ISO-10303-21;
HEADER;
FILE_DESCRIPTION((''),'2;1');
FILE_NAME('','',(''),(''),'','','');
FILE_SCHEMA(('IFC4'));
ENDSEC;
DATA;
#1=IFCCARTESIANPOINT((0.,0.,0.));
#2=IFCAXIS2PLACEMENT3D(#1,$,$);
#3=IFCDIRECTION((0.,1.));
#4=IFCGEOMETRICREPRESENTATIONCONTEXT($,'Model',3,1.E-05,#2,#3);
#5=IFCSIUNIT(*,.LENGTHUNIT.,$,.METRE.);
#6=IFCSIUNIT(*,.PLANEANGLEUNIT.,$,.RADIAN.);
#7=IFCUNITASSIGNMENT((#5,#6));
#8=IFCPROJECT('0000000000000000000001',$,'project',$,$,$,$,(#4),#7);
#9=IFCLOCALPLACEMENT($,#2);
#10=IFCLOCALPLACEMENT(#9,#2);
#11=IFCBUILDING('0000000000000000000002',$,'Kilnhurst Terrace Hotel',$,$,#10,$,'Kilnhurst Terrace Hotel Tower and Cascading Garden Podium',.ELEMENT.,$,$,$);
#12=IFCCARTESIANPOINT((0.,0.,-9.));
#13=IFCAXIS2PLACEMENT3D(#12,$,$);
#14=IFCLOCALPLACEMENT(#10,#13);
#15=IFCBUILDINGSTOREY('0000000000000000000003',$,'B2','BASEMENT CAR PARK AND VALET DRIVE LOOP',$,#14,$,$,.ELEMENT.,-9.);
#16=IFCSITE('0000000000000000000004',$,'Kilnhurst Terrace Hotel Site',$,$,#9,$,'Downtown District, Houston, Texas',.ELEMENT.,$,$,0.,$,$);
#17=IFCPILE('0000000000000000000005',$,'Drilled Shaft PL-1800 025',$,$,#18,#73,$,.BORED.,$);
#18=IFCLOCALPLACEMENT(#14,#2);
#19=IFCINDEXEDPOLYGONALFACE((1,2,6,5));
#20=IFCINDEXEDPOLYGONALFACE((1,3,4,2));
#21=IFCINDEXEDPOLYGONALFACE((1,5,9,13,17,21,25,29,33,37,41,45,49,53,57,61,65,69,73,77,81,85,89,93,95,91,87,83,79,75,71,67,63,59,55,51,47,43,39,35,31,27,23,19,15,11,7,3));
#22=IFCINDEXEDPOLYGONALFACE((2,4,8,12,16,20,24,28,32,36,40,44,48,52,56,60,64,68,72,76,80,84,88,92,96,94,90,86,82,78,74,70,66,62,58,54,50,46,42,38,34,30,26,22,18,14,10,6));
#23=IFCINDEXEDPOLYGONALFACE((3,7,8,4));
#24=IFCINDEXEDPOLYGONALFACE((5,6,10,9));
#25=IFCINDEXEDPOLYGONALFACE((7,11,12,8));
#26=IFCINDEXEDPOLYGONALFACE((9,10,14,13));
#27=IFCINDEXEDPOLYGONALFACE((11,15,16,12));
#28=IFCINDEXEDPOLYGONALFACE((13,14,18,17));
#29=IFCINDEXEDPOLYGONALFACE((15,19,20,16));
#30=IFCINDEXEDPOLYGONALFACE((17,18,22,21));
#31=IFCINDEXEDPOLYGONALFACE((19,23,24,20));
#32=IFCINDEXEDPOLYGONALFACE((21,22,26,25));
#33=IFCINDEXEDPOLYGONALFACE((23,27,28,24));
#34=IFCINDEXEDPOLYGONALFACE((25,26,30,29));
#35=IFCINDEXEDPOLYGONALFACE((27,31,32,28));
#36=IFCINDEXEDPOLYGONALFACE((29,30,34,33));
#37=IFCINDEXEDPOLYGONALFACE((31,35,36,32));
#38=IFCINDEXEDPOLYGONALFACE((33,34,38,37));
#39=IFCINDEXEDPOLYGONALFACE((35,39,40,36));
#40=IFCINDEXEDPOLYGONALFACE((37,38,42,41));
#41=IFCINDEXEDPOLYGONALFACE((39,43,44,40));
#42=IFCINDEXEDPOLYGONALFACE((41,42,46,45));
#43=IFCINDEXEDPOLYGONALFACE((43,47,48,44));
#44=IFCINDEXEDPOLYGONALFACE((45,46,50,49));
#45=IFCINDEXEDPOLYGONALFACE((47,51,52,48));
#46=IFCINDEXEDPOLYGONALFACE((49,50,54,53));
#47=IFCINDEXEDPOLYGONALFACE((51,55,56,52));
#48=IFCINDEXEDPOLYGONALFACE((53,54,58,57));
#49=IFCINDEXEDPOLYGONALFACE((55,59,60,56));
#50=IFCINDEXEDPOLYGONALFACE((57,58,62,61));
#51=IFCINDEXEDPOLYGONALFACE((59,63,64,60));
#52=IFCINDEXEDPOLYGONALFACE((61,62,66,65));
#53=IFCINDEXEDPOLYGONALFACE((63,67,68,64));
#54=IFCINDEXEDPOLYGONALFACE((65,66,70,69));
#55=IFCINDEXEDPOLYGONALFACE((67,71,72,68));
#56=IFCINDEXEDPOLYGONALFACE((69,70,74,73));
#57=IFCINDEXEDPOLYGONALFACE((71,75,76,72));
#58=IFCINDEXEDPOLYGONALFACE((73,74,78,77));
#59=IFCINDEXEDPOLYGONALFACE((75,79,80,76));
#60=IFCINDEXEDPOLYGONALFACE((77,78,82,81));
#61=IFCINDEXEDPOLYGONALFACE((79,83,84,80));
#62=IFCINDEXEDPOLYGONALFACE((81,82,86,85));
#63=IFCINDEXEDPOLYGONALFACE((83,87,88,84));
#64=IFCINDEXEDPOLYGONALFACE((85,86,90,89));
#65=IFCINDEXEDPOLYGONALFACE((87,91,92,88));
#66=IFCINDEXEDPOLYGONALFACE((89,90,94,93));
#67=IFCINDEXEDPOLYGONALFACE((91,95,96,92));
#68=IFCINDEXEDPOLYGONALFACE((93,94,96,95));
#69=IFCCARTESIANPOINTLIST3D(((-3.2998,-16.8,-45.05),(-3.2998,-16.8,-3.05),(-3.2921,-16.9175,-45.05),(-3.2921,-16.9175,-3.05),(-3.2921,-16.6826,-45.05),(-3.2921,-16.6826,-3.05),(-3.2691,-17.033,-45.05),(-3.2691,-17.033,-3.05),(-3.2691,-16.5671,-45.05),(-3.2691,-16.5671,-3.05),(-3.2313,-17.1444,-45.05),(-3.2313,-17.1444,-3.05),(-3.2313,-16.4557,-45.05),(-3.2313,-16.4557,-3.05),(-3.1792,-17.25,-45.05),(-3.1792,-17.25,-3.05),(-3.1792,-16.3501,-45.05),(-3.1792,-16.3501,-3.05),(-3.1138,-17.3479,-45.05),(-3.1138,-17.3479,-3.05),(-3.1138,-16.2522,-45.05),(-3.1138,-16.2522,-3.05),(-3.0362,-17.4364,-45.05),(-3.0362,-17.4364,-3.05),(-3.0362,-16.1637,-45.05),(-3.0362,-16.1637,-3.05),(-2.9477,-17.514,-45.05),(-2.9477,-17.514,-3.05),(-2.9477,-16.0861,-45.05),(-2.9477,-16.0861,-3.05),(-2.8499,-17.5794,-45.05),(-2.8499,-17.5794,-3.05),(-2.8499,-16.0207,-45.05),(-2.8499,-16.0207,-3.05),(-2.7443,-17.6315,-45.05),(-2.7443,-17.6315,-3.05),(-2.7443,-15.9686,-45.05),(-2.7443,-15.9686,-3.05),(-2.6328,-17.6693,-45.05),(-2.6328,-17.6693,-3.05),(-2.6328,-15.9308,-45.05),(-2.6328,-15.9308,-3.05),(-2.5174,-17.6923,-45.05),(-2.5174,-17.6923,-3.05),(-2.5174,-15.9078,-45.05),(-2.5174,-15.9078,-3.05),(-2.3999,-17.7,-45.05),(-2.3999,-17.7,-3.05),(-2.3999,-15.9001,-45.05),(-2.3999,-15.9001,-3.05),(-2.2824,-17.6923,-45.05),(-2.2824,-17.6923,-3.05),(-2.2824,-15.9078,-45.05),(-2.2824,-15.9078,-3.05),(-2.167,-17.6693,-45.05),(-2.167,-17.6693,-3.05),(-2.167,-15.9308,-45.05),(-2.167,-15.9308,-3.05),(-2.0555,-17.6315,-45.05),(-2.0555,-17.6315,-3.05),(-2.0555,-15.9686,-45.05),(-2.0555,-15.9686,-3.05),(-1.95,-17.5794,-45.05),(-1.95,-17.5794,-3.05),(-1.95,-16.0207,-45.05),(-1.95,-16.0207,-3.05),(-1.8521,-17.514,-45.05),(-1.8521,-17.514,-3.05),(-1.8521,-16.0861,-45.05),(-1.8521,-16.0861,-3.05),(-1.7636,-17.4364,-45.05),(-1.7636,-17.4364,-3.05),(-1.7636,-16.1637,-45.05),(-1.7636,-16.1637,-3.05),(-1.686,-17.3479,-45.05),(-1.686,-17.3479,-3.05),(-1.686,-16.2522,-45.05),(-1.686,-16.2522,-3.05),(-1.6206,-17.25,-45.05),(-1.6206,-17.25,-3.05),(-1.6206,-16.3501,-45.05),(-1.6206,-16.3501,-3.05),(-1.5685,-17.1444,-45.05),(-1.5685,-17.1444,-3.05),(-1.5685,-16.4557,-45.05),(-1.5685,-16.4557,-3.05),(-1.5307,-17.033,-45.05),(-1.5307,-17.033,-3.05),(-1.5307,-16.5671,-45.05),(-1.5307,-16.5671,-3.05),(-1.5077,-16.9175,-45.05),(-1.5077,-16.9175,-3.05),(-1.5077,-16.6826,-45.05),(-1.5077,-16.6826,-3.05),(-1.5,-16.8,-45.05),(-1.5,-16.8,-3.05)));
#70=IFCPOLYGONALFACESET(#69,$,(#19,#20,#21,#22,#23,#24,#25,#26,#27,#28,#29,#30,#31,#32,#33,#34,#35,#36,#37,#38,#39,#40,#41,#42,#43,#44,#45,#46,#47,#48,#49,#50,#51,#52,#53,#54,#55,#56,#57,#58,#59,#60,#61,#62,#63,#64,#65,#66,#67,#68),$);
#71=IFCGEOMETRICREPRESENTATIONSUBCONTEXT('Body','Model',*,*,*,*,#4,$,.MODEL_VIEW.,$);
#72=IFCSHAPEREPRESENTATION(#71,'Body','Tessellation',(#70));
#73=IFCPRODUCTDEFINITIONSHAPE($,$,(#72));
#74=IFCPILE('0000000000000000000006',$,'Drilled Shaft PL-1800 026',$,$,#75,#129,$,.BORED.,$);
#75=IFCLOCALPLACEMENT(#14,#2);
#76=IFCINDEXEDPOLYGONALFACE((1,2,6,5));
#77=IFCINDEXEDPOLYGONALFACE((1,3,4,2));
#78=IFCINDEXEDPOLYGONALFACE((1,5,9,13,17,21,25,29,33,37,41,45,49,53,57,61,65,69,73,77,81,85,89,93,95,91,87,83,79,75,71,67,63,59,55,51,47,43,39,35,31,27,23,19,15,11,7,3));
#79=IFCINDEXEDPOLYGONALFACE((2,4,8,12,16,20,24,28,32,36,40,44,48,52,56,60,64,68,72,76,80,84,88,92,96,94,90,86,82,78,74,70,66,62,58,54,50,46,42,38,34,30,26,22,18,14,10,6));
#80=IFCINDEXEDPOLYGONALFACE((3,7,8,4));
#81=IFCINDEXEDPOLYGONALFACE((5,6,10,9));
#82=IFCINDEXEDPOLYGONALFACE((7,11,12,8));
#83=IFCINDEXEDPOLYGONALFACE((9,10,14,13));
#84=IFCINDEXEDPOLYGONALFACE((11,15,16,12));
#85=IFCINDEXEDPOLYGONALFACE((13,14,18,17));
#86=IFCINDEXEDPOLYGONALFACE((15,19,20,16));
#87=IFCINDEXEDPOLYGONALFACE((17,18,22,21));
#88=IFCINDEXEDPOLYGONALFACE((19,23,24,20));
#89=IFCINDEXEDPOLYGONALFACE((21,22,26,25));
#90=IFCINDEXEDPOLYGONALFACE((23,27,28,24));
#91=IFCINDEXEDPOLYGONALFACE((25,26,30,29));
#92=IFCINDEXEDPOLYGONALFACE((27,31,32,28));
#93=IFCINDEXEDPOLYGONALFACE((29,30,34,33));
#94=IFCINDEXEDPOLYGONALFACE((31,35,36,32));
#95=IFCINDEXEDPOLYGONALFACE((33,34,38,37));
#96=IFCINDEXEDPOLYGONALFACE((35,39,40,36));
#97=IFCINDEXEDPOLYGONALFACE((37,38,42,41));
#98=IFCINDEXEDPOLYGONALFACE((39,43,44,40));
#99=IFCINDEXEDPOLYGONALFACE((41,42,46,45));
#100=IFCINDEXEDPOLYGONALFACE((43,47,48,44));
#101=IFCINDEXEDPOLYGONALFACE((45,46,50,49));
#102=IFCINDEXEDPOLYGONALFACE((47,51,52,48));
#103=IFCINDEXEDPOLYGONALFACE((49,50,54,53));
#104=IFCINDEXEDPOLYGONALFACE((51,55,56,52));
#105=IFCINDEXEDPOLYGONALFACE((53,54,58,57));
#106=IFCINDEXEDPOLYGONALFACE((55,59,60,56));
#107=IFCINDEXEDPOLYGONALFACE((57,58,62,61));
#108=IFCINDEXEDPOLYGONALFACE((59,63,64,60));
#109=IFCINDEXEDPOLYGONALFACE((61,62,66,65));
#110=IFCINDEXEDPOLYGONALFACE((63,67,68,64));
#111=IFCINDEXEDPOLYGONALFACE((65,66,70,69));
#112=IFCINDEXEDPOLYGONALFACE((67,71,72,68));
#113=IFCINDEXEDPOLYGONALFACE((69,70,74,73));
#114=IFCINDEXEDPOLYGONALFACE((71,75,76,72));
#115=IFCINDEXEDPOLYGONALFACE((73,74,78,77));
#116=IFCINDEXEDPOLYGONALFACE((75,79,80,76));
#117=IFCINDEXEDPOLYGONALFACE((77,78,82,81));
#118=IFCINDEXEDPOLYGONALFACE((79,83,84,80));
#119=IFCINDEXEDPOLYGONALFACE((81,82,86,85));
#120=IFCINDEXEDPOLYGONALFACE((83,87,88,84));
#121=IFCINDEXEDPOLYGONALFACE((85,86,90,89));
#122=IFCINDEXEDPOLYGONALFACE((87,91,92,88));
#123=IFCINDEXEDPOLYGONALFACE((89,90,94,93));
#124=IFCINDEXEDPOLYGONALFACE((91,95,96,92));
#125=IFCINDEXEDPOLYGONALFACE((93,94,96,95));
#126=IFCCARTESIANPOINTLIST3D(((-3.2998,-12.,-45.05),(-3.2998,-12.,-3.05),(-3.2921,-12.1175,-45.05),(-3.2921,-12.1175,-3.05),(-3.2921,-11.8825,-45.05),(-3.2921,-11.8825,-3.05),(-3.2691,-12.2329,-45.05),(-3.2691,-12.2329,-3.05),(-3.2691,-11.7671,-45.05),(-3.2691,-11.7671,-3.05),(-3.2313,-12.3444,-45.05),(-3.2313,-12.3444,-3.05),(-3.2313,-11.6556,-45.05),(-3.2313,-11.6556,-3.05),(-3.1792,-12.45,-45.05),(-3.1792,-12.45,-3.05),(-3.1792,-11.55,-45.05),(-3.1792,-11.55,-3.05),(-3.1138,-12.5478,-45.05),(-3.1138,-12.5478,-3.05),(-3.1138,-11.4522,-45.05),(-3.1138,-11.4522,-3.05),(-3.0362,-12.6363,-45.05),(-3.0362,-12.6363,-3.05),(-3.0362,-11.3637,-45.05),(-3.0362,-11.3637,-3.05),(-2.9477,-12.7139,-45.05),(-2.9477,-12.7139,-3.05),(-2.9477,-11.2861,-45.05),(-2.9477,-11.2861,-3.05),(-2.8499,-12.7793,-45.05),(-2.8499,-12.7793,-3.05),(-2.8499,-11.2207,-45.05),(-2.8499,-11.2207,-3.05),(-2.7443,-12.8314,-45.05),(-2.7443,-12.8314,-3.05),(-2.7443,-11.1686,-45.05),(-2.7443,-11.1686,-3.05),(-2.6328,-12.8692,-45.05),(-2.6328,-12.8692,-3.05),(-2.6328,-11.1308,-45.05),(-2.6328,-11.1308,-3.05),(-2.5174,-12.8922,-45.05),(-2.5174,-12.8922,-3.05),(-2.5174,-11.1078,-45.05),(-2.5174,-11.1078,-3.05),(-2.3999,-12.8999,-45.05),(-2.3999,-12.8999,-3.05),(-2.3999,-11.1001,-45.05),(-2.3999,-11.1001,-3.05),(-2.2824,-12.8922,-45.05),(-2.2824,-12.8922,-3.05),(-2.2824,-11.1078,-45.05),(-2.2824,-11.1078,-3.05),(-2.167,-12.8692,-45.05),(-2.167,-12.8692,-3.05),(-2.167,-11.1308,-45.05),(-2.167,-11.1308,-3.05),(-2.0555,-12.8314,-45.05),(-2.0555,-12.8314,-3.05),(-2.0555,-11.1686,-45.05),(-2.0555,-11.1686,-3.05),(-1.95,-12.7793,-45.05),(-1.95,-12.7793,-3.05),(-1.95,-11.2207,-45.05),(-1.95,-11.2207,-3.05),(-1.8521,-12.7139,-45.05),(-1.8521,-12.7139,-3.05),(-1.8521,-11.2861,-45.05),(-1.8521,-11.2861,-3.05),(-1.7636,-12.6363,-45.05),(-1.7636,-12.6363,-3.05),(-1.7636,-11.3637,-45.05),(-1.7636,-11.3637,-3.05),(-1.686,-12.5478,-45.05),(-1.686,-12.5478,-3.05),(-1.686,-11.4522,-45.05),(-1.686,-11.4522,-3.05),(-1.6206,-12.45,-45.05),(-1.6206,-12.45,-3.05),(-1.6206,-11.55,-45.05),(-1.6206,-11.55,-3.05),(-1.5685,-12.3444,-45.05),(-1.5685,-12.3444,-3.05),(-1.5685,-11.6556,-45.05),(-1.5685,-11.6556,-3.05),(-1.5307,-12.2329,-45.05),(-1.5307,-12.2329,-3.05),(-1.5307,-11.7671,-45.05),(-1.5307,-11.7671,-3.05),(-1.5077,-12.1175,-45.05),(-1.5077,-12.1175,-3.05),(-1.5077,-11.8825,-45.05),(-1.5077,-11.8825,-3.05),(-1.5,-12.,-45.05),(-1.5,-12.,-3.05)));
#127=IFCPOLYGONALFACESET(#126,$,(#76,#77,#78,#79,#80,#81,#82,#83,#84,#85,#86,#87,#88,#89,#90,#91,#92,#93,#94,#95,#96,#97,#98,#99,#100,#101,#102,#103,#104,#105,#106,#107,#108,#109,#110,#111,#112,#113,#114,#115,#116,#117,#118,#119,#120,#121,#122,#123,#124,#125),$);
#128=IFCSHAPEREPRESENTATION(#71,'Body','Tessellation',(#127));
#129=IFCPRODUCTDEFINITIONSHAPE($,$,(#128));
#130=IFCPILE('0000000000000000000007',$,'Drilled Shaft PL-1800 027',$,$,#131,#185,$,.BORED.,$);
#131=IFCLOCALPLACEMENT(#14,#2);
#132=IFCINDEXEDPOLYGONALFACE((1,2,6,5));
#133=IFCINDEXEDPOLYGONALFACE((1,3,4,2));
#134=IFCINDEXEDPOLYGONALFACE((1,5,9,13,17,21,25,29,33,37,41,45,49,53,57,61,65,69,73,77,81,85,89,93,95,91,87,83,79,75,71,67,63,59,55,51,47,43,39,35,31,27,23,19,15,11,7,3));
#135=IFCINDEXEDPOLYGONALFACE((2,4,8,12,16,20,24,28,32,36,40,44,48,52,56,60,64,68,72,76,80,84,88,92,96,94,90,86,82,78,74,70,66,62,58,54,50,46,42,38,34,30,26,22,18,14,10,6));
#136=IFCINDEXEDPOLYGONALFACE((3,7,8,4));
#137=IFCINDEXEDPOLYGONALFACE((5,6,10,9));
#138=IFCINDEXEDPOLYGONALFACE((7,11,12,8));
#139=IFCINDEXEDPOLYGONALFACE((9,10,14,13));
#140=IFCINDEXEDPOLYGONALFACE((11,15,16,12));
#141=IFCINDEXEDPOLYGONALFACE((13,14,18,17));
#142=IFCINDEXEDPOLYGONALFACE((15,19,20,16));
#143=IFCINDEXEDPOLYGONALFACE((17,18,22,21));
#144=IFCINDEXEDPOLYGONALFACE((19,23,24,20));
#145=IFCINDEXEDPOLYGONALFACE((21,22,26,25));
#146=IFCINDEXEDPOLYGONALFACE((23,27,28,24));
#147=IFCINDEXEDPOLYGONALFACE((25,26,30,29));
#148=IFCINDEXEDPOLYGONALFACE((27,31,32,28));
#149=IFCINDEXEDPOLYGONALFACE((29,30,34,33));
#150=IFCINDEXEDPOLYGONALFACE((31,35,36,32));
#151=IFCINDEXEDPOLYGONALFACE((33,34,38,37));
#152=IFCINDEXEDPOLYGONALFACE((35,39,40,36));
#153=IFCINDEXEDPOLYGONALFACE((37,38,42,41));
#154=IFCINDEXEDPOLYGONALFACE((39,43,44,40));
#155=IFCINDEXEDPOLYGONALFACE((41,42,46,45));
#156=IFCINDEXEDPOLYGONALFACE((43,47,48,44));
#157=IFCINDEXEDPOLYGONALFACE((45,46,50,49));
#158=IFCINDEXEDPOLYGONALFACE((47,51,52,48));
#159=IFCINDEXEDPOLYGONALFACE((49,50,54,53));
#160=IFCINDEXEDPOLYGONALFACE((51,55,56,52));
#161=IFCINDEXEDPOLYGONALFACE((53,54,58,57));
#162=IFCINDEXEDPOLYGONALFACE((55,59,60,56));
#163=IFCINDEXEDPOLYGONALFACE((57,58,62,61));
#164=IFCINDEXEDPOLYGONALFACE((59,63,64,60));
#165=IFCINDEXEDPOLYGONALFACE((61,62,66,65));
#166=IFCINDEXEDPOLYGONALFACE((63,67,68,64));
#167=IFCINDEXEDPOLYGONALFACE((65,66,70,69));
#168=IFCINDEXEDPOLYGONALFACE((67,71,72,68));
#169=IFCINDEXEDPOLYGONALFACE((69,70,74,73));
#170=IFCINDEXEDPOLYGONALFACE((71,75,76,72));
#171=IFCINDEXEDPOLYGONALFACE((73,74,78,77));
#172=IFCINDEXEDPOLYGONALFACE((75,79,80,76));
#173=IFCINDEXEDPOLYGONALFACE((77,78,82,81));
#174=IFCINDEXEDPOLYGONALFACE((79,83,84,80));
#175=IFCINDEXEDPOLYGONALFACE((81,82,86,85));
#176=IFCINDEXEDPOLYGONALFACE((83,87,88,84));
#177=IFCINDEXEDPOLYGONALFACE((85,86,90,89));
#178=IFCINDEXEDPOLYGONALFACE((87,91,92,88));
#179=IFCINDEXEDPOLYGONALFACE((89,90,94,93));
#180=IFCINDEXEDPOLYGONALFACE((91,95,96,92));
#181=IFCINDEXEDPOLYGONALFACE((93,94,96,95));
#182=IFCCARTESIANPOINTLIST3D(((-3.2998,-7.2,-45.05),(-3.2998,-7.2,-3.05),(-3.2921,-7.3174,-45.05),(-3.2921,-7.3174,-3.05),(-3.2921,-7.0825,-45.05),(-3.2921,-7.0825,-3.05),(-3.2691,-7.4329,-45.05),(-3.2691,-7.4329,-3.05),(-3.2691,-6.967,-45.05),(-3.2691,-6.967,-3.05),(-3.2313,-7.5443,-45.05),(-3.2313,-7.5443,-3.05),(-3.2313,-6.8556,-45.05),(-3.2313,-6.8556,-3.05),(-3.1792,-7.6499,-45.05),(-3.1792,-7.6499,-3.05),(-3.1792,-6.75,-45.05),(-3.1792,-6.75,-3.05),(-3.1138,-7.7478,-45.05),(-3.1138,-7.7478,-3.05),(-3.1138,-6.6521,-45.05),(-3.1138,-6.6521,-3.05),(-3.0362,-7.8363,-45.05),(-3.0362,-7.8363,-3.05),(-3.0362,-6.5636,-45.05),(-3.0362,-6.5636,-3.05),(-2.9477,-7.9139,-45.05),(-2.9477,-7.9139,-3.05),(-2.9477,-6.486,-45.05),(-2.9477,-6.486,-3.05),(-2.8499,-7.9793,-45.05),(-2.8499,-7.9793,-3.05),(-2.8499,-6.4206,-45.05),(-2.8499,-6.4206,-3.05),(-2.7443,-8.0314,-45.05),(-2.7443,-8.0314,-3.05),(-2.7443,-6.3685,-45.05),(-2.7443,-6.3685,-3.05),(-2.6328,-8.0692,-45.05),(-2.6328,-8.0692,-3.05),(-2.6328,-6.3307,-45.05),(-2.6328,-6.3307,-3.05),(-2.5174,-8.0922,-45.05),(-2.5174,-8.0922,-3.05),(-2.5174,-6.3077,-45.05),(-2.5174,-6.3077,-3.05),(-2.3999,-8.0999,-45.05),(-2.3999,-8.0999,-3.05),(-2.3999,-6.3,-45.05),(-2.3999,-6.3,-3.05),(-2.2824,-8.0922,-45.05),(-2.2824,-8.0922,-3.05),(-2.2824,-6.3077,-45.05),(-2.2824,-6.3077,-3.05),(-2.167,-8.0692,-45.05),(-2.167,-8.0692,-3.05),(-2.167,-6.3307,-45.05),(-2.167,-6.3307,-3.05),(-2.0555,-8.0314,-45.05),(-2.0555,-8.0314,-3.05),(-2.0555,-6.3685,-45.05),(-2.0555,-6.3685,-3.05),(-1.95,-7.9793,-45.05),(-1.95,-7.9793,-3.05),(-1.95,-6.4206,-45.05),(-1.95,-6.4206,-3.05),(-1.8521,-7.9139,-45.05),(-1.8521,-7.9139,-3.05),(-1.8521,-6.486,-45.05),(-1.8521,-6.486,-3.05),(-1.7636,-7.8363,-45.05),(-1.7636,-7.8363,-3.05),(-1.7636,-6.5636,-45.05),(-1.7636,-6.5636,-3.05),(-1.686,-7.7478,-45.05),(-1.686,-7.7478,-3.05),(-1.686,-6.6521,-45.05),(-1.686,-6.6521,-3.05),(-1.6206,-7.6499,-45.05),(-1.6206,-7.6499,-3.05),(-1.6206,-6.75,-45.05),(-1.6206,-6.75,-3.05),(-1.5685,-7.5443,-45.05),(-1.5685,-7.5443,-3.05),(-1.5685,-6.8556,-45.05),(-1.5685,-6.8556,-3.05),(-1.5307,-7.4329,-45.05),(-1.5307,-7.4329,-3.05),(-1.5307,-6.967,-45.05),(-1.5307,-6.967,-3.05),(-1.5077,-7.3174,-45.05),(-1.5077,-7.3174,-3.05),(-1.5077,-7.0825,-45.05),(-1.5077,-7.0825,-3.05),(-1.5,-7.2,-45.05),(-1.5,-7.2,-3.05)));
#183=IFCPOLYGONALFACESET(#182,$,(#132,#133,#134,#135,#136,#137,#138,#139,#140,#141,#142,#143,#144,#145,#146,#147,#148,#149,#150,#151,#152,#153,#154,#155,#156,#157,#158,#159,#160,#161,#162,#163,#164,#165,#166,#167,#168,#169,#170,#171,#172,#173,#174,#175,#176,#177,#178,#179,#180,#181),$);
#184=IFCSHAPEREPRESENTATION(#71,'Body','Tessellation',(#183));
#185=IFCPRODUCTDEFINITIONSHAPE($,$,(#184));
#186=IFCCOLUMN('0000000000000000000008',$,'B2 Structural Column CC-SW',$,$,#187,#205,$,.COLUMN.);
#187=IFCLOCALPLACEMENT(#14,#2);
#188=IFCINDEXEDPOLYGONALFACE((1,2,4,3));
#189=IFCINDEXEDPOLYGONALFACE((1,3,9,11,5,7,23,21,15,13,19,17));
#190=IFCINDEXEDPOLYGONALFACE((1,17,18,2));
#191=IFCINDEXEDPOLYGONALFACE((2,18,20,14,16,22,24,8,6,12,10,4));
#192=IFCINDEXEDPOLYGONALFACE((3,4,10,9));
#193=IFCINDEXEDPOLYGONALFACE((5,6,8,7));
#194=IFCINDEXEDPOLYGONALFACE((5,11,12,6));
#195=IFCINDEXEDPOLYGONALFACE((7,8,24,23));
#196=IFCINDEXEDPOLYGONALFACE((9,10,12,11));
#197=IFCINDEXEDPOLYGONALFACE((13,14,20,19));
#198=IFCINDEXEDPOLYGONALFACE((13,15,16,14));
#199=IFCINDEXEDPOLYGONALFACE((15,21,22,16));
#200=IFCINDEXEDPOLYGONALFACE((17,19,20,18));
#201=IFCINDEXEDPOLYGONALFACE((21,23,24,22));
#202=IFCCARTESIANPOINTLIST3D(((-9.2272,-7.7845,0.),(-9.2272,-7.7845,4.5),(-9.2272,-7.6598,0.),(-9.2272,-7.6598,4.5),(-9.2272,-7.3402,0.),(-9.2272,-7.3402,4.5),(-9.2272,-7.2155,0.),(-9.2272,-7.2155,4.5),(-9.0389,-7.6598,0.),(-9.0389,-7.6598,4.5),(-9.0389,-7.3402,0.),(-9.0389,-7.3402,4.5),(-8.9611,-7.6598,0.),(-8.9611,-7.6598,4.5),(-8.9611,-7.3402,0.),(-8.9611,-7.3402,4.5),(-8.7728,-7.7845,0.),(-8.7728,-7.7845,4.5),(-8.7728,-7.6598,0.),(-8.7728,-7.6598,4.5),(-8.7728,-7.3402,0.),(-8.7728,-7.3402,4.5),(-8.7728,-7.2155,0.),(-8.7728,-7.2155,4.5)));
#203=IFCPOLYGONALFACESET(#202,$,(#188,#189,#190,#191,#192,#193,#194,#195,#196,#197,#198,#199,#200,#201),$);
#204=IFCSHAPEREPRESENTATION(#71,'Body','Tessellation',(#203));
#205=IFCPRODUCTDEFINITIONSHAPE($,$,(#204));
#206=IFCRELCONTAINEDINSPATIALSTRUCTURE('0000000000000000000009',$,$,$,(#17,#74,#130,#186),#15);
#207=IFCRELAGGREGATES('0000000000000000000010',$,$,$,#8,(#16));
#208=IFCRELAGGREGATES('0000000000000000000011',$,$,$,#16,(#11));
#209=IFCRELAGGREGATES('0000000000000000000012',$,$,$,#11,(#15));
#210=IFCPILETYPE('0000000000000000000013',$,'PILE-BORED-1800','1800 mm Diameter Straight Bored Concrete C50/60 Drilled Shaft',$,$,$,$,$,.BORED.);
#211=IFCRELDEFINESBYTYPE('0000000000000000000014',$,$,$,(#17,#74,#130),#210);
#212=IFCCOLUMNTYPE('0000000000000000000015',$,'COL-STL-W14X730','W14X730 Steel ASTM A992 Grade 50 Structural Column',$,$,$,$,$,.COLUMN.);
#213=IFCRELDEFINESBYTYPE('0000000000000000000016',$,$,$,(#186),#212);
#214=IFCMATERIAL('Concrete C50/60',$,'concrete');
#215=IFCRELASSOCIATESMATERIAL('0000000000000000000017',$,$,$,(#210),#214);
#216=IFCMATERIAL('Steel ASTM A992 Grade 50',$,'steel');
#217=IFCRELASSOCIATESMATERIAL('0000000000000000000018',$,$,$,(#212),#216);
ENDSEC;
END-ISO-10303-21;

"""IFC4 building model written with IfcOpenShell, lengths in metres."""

from ifc_helpers import new_model, si_unit, direction, frame, origin, origin_2d, place, context, subcontext, project, spatial, circle, i_section, extrude, material, material_profile, profile_set, type_object, element, save


model = new_model("IFC4")

# Units and contexts
model_context = context("Model", 3, precision=1e-05, world=origin(), true_north=direction((0.0, 1.0)))
body_context = subcontext(model_context, "Body", "Model", "MODEL_VIEW")
ifc_project = project(units=[si_unit("LENGTHUNIT", "METRE"), si_unit("PLANEANGLEUNIT", "RADIAN")], contexts=[model_context])

# Site, building, storey
site_placement = place(None, origin())
site = spatial("IfcSite", under=ifc_project, at=site_placement, Name="Kilnhurst Terrace Hotel Site", LongName="Downtown District, Houston, Texas", CompositionType="ELEMENT", RefElevation=0.0)
building_placement = place(site_placement, origin())
building = spatial("IfcBuilding", under=site, at=building_placement, Name="Kilnhurst Terrace Hotel", LongName="Kilnhurst Terrace Hotel Tower and Cascading Garden Podium", CompositionType="ELEMENT")
storey_placement = place(building_placement, frame((0.0, 0.0, -9.0)))
storey = spatial("IfcBuildingStorey", under=building, at=storey_placement, Name="B2", Description="BASEMENT CAR PARK AND VALET DRIVE LOOP", CompositionType="ELEMENT", Elevation=-9.0)

# Piles
ifc_material_1 = material(Name="Concrete C50/60", Category="concrete")
ifc_material_profile_1 = material_profile(ifc_material_1, circle(Radius=0.8999, at=origin_2d()), Name="PILE1800")
ifc_profile_set_1 = profile_set([ifc_material_profile_1], Name="Concrete C50/60")
pile_type_1 = type_object("IfcPileType", Name="PILE-BORED-1800", Description="1800 mm Diameter Straight Bored Concrete C50/60 Drilled Shaft", PredefinedType="BORED", material=ifc_profile_set_1)
for number, where, z_axis, x_axis, name in (
    (1, (-2.3999, -16.8, -3.05), (0.0, 0.0, -1.0), (1.0, 0.0, 0.0), "Drilled Shaft PL-1800 025"),
    (2, (-2.3999, -12.0, -3.05), (0.0, 0.0, -1.0), (1.0, 0.0, 0.0), "Drilled Shaft PL-1800 026"),
    (3, (-2.3999, -7.2, -3.05), (0.0, 0.0, -1.0), (1.0, 0.0, 0.0), "Drilled Shaft PL-1800 027"),
):
    element("IfcPile", number, at=place(storey_placement, frame(where, z_axis=z_axis, x_axis=x_axis)), inside=storey, type_object=pile_type_1, Name=name, PredefinedType="BORED", context=body_context, shape_type="SweptSolid", body=[
        extrude(circle(Radius=0.8999, at=origin_2d()), origin(), (0.0, 0.0, 1.0), 42.0),
    ])

# Column
ifc_material_2 = material(Name="Steel ASTM A992 Grade 50", Category="steel")
ifc_material_profile_2 = material_profile(ifc_material_2, i_section(OverallWidth=0.4543, OverallDepth=0.5691, WebThickness=0.0779, FlangeThickness=0.1248, at=origin_2d()), Name="W14X730")
ifc_profile_set_2 = profile_set([ifc_material_profile_2], Name="Steel ASTM A992 Grade 50")
column_type = type_object("IfcColumnType", Name="COL-STL-W14X730", Description="W14X730 Steel ASTM A992 Grade 50 Structural Column", PredefinedType="COLUMN", material=ifc_profile_set_2)
for number, where, z_axis, x_axis, name in (
    (4, (-9.0, -7.5, 0.0), (0.0, 0.0, 1.0), (1.0, 0.0, 0.0), "B2 Structural Column CC-SW"),
):
    element("IfcColumn", number, at=place(storey_placement, frame(where, z_axis=z_axis, x_axis=x_axis)), inside=storey, type_object=column_type, Name=name, PredefinedType="COLUMN", context=body_context, shape_type="SweptSolid", body=[
        extrude(i_section(OverallWidth=0.4543, OverallDepth=0.5691, WebThickness=0.0779, FlangeThickness=0.1248, at=origin_2d()), origin(), (0.0, 0.0, 1.0), 4.5),
    ])

save(model, "model.ifc")
